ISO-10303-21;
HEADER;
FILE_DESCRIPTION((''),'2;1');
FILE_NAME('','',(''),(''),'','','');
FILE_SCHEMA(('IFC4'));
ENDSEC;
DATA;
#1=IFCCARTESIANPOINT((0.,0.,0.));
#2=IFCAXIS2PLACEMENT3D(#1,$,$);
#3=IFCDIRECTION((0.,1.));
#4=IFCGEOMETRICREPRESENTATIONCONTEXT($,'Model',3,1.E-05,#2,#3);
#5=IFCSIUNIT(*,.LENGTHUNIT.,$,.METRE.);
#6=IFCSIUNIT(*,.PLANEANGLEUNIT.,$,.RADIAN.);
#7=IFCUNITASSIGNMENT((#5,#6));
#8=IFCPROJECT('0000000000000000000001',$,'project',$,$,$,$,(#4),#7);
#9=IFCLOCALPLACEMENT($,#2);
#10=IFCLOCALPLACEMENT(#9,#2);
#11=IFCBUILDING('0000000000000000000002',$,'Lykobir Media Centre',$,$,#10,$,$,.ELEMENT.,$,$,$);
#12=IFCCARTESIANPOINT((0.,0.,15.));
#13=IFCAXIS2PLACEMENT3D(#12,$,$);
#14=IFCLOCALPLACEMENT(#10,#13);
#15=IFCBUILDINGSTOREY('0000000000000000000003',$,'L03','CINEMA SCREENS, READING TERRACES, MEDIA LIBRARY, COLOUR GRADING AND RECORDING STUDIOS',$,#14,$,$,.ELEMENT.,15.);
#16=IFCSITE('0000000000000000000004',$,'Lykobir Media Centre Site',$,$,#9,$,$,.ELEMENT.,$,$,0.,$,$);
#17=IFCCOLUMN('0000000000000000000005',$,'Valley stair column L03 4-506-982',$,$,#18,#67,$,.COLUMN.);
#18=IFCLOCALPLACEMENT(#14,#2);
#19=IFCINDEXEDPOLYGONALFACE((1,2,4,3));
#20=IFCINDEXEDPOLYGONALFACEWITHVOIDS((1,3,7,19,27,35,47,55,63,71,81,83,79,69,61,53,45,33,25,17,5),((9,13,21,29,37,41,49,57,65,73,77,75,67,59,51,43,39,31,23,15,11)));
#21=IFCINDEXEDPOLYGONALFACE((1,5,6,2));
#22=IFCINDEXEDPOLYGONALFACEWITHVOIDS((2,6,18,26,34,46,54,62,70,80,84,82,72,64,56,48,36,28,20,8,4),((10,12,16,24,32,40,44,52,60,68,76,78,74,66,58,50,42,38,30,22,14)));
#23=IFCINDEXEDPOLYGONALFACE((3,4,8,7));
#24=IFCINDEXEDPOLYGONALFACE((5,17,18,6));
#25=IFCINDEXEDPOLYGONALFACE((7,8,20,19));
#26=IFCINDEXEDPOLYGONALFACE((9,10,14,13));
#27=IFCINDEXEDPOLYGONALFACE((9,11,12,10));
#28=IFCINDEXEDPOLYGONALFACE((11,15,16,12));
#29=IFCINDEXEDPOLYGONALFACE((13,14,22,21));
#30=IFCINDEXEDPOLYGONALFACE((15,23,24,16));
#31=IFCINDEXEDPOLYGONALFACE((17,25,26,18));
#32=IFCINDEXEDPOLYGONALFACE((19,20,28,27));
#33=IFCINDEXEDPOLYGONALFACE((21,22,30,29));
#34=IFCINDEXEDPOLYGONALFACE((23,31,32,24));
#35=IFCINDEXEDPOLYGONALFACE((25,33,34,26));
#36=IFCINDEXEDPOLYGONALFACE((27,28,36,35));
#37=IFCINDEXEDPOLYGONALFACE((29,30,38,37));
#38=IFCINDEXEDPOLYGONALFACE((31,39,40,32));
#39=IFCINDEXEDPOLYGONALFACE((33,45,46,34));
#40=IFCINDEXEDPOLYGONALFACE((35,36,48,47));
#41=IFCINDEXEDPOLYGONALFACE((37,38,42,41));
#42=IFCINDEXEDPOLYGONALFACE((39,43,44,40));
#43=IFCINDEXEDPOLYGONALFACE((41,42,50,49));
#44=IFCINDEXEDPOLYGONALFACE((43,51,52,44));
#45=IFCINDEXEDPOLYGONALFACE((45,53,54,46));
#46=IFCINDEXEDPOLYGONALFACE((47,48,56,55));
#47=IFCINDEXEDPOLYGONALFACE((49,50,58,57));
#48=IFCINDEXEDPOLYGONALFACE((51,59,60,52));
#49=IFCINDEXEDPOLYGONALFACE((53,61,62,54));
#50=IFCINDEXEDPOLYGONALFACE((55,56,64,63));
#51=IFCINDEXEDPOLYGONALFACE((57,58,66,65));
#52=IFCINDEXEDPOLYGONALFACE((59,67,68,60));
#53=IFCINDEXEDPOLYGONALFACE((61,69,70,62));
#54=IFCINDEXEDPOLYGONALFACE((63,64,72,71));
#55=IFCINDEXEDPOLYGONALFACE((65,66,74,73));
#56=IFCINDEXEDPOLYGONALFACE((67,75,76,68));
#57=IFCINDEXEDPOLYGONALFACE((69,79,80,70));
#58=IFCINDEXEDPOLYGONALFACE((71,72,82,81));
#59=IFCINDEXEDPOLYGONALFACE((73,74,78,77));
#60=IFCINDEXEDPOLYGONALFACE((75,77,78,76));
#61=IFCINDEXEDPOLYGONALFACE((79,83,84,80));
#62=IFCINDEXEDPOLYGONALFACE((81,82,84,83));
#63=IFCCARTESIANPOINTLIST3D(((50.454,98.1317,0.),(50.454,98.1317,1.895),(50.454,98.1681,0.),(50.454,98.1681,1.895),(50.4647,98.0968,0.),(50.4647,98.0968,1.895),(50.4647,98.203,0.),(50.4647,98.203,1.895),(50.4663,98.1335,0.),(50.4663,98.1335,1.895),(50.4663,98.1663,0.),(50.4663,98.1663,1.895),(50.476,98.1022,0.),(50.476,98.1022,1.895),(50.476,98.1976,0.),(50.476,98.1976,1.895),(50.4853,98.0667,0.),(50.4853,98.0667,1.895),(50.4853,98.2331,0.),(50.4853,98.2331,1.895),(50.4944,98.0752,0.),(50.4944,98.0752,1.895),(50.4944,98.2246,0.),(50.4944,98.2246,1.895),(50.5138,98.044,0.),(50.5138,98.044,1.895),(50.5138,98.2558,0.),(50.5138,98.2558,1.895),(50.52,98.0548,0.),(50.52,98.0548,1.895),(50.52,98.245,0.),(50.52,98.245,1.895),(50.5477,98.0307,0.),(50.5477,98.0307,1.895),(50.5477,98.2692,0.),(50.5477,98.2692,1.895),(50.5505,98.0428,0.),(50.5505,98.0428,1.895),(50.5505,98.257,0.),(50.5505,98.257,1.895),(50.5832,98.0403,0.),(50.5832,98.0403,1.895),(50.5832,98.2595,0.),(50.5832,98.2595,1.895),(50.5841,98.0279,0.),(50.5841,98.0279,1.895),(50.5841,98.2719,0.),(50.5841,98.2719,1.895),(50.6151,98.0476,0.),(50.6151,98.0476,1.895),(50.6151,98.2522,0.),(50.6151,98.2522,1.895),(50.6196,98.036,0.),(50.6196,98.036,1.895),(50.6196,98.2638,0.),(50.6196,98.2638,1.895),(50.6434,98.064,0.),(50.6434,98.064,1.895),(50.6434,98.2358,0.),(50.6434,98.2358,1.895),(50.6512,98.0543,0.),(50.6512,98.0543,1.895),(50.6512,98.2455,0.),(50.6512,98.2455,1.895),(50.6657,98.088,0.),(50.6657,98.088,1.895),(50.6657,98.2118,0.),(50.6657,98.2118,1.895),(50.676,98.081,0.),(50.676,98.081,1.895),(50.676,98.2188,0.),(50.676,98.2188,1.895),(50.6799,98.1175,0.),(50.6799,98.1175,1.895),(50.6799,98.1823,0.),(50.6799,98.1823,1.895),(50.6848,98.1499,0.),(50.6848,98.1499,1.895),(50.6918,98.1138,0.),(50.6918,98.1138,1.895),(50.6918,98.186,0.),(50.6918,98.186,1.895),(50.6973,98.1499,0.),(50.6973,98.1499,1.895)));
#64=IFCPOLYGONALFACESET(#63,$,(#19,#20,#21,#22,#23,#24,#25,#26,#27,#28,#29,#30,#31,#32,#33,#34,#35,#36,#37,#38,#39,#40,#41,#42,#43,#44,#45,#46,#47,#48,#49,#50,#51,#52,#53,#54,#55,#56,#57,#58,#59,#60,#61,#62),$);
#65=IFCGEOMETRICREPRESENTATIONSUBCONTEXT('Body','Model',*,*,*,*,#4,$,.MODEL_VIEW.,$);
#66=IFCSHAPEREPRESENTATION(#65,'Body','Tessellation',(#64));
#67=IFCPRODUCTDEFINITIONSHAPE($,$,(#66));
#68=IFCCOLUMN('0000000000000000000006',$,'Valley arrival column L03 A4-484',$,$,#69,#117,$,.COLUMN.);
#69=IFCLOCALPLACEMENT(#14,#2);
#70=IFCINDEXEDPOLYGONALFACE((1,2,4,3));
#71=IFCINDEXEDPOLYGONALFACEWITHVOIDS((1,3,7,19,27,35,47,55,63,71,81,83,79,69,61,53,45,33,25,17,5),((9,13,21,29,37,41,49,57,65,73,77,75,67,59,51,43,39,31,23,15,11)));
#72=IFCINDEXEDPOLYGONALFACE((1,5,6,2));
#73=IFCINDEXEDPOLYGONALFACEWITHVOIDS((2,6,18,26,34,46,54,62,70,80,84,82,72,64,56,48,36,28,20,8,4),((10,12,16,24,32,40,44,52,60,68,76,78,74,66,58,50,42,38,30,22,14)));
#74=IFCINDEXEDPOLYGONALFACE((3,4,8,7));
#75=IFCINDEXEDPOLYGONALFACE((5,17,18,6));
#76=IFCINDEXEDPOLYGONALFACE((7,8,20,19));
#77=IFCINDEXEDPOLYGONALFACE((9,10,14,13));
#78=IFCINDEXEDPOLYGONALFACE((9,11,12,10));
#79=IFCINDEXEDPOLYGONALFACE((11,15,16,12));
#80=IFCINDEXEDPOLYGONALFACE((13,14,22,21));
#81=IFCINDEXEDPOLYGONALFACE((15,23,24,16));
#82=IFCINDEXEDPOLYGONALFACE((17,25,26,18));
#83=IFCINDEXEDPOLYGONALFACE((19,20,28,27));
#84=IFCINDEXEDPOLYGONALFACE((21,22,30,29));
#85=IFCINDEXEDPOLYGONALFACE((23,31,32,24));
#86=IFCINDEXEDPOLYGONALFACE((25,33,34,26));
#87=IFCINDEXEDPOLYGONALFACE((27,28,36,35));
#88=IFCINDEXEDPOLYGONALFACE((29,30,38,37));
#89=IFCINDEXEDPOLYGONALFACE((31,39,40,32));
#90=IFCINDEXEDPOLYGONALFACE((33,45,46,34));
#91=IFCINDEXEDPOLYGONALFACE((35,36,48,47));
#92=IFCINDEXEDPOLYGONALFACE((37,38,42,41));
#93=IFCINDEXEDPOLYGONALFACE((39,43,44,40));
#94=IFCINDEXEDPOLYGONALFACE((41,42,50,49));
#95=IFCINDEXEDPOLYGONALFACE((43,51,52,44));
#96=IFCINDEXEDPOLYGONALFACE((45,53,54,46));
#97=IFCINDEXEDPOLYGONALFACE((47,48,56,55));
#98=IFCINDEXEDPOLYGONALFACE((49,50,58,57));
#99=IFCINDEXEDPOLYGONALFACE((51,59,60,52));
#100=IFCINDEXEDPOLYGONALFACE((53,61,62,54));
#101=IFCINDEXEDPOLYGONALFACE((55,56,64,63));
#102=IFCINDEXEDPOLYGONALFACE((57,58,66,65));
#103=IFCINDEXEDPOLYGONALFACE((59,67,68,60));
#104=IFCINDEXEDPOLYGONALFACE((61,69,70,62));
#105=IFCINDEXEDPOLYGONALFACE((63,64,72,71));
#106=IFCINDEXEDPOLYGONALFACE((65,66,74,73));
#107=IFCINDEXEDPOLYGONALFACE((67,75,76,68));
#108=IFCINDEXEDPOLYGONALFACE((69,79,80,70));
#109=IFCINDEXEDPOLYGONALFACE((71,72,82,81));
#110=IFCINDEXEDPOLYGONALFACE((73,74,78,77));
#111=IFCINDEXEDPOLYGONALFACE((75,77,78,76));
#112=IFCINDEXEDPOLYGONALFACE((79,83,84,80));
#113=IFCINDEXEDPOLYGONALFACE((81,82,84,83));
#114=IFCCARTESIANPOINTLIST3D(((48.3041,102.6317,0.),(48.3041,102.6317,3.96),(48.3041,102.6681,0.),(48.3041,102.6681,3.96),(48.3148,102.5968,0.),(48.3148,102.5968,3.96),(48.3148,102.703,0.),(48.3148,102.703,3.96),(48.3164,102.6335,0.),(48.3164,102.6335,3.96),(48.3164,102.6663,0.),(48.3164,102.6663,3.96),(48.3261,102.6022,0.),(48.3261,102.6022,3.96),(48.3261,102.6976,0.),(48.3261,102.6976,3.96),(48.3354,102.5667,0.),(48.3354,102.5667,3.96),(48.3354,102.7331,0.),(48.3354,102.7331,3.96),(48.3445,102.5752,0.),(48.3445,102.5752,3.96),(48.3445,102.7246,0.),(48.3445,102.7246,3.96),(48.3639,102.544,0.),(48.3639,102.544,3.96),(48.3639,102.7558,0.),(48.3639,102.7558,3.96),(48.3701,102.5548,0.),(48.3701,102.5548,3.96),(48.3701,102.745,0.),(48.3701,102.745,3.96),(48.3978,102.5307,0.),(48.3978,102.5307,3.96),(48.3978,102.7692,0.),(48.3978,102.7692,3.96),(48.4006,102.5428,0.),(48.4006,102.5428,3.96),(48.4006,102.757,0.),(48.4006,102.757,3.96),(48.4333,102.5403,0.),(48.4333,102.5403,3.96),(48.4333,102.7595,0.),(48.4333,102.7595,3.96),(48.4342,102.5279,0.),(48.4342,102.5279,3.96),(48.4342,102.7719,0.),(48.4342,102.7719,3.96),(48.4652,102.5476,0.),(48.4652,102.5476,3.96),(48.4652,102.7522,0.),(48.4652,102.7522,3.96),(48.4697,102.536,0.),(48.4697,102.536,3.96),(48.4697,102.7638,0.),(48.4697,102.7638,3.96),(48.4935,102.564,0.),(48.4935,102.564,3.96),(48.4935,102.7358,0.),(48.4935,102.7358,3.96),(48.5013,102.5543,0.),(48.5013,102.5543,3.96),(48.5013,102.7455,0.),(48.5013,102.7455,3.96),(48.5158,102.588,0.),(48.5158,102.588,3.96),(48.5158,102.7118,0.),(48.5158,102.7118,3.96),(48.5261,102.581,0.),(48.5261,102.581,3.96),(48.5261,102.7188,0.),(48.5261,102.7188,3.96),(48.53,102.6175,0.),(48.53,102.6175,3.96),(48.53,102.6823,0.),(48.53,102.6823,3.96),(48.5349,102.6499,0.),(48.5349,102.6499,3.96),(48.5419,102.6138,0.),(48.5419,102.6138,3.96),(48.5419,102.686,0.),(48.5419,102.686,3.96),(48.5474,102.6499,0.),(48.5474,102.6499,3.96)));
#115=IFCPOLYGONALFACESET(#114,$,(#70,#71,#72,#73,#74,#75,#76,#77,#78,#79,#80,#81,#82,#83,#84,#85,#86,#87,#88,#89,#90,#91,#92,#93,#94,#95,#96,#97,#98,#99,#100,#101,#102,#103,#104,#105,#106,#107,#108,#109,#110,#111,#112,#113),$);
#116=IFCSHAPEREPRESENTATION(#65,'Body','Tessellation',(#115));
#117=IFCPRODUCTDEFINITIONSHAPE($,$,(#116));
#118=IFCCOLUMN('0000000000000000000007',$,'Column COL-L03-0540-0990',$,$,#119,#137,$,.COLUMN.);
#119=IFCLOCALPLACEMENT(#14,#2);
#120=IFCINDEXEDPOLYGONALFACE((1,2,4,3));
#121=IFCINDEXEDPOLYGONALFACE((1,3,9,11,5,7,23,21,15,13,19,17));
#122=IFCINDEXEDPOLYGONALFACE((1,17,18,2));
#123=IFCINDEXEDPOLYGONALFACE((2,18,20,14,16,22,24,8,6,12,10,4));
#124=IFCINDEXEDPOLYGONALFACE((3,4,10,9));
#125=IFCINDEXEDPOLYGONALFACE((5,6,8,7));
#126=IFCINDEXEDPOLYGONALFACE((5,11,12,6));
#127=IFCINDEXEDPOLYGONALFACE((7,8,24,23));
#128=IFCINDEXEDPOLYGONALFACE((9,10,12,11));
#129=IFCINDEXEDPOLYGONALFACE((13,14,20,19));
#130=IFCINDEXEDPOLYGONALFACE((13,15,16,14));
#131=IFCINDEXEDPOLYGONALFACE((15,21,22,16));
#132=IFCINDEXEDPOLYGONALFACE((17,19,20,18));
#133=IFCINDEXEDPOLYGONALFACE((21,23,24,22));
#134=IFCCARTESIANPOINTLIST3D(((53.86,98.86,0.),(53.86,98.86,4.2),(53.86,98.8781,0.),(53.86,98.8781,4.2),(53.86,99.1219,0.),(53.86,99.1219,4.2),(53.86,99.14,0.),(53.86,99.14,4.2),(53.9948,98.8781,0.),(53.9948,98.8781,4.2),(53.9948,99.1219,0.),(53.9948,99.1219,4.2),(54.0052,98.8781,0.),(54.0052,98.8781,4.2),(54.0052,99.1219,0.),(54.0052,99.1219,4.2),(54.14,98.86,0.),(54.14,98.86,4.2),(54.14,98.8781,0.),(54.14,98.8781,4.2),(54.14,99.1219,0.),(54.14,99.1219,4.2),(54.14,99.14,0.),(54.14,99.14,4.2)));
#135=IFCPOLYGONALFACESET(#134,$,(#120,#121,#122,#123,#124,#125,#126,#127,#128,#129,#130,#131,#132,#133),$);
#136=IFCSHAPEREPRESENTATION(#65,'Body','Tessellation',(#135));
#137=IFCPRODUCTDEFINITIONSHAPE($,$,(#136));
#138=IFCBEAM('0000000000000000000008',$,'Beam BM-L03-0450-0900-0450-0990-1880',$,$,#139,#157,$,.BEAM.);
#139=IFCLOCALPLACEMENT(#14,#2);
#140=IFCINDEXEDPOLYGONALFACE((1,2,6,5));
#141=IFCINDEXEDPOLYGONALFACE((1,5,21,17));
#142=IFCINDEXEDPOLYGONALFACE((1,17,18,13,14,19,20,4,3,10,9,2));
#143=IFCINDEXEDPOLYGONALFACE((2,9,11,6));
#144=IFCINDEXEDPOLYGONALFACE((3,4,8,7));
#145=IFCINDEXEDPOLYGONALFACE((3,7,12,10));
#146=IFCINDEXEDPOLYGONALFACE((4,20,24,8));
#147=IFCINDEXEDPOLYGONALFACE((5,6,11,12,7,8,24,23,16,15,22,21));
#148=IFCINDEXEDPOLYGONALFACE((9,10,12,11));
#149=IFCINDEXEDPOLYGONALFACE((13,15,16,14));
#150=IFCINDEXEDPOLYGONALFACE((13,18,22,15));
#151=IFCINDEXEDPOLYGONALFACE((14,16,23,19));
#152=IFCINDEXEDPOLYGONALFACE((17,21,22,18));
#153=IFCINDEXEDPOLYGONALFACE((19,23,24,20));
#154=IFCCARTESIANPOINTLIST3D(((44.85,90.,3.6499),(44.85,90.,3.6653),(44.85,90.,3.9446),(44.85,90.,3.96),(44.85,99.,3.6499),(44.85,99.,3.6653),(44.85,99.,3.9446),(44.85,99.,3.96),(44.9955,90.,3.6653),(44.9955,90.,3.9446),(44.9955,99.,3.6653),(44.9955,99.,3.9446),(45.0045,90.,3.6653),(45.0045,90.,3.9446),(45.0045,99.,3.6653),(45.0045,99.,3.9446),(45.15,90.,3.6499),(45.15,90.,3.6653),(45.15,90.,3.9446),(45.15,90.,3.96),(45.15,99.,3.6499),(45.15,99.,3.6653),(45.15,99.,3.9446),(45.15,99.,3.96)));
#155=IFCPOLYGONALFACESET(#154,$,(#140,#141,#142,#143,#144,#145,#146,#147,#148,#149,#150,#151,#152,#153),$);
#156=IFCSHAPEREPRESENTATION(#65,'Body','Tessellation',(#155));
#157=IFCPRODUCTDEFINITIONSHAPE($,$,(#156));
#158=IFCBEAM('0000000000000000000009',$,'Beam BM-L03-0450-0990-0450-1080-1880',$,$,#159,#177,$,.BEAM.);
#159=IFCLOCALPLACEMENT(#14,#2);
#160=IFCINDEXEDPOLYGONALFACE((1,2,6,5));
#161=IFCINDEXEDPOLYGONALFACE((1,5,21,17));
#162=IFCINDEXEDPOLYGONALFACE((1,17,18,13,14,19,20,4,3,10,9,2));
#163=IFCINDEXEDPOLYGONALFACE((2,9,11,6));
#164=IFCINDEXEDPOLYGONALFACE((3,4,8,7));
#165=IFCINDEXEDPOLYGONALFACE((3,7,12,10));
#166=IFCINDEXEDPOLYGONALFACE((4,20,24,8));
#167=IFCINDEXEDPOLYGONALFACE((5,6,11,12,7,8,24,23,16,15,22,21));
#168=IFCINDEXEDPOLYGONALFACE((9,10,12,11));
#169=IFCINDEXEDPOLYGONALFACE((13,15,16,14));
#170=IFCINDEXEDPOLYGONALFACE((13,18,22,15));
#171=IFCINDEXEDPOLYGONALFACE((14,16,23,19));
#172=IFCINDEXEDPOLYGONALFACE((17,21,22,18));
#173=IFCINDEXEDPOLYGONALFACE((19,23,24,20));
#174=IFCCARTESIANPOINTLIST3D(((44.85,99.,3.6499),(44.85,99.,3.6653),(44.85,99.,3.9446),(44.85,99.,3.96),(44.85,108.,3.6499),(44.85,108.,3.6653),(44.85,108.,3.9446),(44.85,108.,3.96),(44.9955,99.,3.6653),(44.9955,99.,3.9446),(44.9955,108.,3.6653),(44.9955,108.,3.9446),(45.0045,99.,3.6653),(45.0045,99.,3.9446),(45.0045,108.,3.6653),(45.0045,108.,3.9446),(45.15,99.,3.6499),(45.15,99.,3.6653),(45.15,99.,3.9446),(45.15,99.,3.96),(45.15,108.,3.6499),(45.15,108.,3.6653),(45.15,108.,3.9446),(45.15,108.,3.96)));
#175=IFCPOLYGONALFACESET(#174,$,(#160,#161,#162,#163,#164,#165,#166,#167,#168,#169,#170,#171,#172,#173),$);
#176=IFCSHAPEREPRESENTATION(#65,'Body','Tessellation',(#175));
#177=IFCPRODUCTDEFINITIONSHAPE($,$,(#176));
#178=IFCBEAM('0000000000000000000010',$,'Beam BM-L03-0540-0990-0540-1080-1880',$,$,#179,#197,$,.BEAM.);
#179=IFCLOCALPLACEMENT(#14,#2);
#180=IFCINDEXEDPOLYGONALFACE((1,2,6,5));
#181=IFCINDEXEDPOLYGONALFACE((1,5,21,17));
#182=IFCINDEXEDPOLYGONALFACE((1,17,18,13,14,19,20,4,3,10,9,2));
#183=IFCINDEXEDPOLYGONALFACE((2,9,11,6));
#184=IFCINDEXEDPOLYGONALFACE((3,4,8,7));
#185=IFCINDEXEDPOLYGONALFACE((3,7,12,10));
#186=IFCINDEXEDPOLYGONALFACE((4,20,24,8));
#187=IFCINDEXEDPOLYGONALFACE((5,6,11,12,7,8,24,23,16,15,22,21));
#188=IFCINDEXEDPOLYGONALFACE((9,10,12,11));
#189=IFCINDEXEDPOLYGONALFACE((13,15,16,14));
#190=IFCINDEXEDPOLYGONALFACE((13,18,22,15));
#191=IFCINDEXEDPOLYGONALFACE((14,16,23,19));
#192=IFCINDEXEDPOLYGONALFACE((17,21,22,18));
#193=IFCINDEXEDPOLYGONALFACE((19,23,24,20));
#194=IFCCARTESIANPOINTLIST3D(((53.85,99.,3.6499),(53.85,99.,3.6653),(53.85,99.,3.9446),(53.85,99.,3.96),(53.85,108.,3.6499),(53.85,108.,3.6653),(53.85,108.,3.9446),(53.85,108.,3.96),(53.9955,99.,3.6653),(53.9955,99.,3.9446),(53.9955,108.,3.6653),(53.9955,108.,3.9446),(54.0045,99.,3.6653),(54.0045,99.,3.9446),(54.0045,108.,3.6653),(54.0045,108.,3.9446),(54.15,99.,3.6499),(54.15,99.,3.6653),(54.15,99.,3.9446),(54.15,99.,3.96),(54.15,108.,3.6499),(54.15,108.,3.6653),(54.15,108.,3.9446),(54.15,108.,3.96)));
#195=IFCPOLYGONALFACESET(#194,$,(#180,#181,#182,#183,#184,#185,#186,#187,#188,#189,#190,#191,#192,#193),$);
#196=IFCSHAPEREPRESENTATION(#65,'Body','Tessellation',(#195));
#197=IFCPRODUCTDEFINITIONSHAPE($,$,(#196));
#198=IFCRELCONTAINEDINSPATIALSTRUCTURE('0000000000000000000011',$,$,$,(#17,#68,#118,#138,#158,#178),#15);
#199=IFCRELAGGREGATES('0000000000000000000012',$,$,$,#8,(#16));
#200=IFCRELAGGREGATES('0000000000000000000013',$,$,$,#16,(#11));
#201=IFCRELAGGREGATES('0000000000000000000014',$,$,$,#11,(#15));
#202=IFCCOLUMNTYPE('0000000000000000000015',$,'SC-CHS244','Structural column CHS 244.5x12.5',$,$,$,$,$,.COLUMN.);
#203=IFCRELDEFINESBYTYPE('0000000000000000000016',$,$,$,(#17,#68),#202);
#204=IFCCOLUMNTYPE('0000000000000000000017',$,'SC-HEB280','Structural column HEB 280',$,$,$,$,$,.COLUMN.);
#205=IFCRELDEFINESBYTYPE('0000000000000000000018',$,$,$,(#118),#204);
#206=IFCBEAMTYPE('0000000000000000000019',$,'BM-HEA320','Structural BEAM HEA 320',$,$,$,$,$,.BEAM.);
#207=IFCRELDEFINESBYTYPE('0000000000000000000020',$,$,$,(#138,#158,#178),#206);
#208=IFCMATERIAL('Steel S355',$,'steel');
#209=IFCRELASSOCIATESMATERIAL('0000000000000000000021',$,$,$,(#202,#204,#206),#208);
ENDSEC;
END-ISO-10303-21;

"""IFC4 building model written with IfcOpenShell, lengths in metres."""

from ifc_helpers import new_model, si_unit, direction, frame, origin, origin_2d, place, context, subcontext, project, spatial, hollow_circle, i_section, extrude, material, material_profile, profile_set, type_object, element, save


model = new_model("IFC4")

# Units and contexts
model_context = context("Model", 3, precision=1e-05, world=origin(), true_north=direction((0.0, 1.0)))
body_context = subcontext(model_context, "Body", "Model", "MODEL_VIEW")
ifc_project = project(units=[si_unit("LENGTHUNIT", "METRE"), si_unit("PLANEANGLEUNIT", "RADIAN")], contexts=[model_context])

# Site, building, storey
site_placement = place(None, origin())
site = spatial("IfcSite", under=ifc_project, at=site_placement, Name="Lykobir Media Centre Site", CompositionType="ELEMENT", RefElevation=0.0)
building_placement = place(site_placement, origin())
building = spatial("IfcBuilding", under=site, at=building_placement, Name="Lykobir Media Centre", CompositionType="ELEMENT")
storey_placement = place(building_placement, frame((0.0, 0.0, 15.0)))
storey = spatial("IfcBuildingStorey", under=building, at=storey_placement, Name="L03", Description="CINEMA SCREENS, READING TERRACES, MEDIA LIBRARY, COLOUR GRADING AND RECORDING STUDIOS", CompositionType="ELEMENT", Elevation=15.0)

# Columns
ifc_material_1 = material(Name="Steel S355", Category="steel")
ifc_material_profile_1 = material_profile(ifc_material_1, hollow_circle(Radius=0.1223, WallThickness=0.0125, at=origin_2d()), Name="CHS 244.5x12.5")
ifc_profile_set_1 = profile_set([ifc_material_profile_1], Name="Steel S355")
column_type_1 = type_object("IfcColumnType", Name="SC-CHS244", Description="Structural column CHS 244.5x12.5", PredefinedType="COLUMN", material=ifc_profile_set_1)
for number, where, z_axis, x_axis, name in (
    (1, (50.575, 98.1499, 0.0), (0.0, 0.0, 1.0), (1.0, 0.0, 0.0), "Valley stair column L03 4-506-982"),
):
    element("IfcColumn", number, at=place(storey_placement, frame(where, z_axis=z_axis, x_axis=x_axis)), inside=storey, type_object=column_type_1, Name=name, PredefinedType="COLUMN", context=body_context, shape_type="SweptSolid", body=[
        extrude(hollow_circle(Radius=0.1223, WallThickness=0.0125, at=origin_2d()), origin(), (0.0, 0.0, 1.0), 1.895),
    ])
column_1_placement = place(storey_placement, frame((48.425, 102.6499, 0.0), z_axis=(0.0, 0.0, 1.0), x_axis=(1.0, 0.0, 0.0)))
element("IfcColumn", 2, at=column_1_placement, inside=storey, type_object=column_type_1, Name="Valley arrival column L03 A4-484", PredefinedType="COLUMN", context=body_context, shape_type="SweptSolid", body=[
    extrude(hollow_circle(Radius=0.1223, WallThickness=0.0125, at=origin_2d()), origin(), (0.0, 0.0, 1.0), 3.96),
])
ifc_material_profile_2 = material_profile(ifc_material_1, i_section(OverallWidth=0.28, OverallDepth=0.28, WebThickness=0.0105, FlangeThickness=0.0181, at=origin_2d()), Name="HEB 280")
ifc_profile_set_2 = profile_set([ifc_material_profile_2], Name="Steel S355")
column_type_2 = type_object("IfcColumnType", Name="SC-HEB280", Description="Structural column HEB 280", PredefinedType="COLUMN", material=ifc_profile_set_2)
column_2_placement = place(storey_placement, frame((54.0, 99.0, 0.0), z_axis=(0.0, 0.0, 1.0), x_axis=(1.0, 0.0, 0.0)))
element("IfcColumn", 3, at=column_2_placement, inside=storey, type_object=column_type_2, Name="Column COL-L03-0540-0990", PredefinedType="COLUMN", context=body_context, shape_type="SweptSolid", body=[
    extrude(i_section(OverallWidth=0.28, OverallDepth=0.28, WebThickness=0.0105, FlangeThickness=0.0181, at=origin_2d()), origin(), (0.0, 0.0, 1.0), 4.2),
])

# Beams
ifc_material_profile_3 = material_profile(ifc_material_1, i_section(OverallWidth=0.3, OverallDepth=0.3101, WebThickness=0.009, FlangeThickness=0.0154, at=origin_2d()), Name="HEA 320")
ifc_profile_set_3 = profile_set([ifc_material_profile_3], Name="Steel S355")
beam_type_1 = type_object("IfcBeamType", Name="BM-HEA320", Description="Structural BEAM HEA 320", PredefinedType="BEAM", material=ifc_profile_set_3)
for number, where, z_axis, x_axis, name in (
    (4, (45.0, 90.0, 3.8049), (0.0, 1.0, 0.0), (-1.0, 0.0, 0.0), "Beam BM-L03-0450-0900-0450-0990-1880"),
    (5, (45.0, 99.0, 3.8049), (0.0, 1.0, 0.0), (-1.0, 0.0, 0.0), "Beam BM-L03-0450-0990-0450-1080-1880"),
    (6, (54.0, 99.0, 3.8049), (0.0, 1.0, 0.0), (-1.0, 0.0, 0.0), "Beam BM-L03-0540-0990-0540-1080-1880"),
):
    element("IfcBeam", number, at=place(storey_placement, frame(where, z_axis=z_axis, x_axis=x_axis)), inside=storey, type_object=beam_type_1, Name=name, PredefinedType="BEAM", context=body_context, shape_type="SweptSolid", body=[
        extrude(i_section(OverallWidth=0.3, OverallDepth=0.3101, WebThickness=0.009, FlangeThickness=0.0154, at=origin_2d()), origin(), (0.0, 0.0, 1.0), 9.0),
    ])

save(model, "model.ifc")
